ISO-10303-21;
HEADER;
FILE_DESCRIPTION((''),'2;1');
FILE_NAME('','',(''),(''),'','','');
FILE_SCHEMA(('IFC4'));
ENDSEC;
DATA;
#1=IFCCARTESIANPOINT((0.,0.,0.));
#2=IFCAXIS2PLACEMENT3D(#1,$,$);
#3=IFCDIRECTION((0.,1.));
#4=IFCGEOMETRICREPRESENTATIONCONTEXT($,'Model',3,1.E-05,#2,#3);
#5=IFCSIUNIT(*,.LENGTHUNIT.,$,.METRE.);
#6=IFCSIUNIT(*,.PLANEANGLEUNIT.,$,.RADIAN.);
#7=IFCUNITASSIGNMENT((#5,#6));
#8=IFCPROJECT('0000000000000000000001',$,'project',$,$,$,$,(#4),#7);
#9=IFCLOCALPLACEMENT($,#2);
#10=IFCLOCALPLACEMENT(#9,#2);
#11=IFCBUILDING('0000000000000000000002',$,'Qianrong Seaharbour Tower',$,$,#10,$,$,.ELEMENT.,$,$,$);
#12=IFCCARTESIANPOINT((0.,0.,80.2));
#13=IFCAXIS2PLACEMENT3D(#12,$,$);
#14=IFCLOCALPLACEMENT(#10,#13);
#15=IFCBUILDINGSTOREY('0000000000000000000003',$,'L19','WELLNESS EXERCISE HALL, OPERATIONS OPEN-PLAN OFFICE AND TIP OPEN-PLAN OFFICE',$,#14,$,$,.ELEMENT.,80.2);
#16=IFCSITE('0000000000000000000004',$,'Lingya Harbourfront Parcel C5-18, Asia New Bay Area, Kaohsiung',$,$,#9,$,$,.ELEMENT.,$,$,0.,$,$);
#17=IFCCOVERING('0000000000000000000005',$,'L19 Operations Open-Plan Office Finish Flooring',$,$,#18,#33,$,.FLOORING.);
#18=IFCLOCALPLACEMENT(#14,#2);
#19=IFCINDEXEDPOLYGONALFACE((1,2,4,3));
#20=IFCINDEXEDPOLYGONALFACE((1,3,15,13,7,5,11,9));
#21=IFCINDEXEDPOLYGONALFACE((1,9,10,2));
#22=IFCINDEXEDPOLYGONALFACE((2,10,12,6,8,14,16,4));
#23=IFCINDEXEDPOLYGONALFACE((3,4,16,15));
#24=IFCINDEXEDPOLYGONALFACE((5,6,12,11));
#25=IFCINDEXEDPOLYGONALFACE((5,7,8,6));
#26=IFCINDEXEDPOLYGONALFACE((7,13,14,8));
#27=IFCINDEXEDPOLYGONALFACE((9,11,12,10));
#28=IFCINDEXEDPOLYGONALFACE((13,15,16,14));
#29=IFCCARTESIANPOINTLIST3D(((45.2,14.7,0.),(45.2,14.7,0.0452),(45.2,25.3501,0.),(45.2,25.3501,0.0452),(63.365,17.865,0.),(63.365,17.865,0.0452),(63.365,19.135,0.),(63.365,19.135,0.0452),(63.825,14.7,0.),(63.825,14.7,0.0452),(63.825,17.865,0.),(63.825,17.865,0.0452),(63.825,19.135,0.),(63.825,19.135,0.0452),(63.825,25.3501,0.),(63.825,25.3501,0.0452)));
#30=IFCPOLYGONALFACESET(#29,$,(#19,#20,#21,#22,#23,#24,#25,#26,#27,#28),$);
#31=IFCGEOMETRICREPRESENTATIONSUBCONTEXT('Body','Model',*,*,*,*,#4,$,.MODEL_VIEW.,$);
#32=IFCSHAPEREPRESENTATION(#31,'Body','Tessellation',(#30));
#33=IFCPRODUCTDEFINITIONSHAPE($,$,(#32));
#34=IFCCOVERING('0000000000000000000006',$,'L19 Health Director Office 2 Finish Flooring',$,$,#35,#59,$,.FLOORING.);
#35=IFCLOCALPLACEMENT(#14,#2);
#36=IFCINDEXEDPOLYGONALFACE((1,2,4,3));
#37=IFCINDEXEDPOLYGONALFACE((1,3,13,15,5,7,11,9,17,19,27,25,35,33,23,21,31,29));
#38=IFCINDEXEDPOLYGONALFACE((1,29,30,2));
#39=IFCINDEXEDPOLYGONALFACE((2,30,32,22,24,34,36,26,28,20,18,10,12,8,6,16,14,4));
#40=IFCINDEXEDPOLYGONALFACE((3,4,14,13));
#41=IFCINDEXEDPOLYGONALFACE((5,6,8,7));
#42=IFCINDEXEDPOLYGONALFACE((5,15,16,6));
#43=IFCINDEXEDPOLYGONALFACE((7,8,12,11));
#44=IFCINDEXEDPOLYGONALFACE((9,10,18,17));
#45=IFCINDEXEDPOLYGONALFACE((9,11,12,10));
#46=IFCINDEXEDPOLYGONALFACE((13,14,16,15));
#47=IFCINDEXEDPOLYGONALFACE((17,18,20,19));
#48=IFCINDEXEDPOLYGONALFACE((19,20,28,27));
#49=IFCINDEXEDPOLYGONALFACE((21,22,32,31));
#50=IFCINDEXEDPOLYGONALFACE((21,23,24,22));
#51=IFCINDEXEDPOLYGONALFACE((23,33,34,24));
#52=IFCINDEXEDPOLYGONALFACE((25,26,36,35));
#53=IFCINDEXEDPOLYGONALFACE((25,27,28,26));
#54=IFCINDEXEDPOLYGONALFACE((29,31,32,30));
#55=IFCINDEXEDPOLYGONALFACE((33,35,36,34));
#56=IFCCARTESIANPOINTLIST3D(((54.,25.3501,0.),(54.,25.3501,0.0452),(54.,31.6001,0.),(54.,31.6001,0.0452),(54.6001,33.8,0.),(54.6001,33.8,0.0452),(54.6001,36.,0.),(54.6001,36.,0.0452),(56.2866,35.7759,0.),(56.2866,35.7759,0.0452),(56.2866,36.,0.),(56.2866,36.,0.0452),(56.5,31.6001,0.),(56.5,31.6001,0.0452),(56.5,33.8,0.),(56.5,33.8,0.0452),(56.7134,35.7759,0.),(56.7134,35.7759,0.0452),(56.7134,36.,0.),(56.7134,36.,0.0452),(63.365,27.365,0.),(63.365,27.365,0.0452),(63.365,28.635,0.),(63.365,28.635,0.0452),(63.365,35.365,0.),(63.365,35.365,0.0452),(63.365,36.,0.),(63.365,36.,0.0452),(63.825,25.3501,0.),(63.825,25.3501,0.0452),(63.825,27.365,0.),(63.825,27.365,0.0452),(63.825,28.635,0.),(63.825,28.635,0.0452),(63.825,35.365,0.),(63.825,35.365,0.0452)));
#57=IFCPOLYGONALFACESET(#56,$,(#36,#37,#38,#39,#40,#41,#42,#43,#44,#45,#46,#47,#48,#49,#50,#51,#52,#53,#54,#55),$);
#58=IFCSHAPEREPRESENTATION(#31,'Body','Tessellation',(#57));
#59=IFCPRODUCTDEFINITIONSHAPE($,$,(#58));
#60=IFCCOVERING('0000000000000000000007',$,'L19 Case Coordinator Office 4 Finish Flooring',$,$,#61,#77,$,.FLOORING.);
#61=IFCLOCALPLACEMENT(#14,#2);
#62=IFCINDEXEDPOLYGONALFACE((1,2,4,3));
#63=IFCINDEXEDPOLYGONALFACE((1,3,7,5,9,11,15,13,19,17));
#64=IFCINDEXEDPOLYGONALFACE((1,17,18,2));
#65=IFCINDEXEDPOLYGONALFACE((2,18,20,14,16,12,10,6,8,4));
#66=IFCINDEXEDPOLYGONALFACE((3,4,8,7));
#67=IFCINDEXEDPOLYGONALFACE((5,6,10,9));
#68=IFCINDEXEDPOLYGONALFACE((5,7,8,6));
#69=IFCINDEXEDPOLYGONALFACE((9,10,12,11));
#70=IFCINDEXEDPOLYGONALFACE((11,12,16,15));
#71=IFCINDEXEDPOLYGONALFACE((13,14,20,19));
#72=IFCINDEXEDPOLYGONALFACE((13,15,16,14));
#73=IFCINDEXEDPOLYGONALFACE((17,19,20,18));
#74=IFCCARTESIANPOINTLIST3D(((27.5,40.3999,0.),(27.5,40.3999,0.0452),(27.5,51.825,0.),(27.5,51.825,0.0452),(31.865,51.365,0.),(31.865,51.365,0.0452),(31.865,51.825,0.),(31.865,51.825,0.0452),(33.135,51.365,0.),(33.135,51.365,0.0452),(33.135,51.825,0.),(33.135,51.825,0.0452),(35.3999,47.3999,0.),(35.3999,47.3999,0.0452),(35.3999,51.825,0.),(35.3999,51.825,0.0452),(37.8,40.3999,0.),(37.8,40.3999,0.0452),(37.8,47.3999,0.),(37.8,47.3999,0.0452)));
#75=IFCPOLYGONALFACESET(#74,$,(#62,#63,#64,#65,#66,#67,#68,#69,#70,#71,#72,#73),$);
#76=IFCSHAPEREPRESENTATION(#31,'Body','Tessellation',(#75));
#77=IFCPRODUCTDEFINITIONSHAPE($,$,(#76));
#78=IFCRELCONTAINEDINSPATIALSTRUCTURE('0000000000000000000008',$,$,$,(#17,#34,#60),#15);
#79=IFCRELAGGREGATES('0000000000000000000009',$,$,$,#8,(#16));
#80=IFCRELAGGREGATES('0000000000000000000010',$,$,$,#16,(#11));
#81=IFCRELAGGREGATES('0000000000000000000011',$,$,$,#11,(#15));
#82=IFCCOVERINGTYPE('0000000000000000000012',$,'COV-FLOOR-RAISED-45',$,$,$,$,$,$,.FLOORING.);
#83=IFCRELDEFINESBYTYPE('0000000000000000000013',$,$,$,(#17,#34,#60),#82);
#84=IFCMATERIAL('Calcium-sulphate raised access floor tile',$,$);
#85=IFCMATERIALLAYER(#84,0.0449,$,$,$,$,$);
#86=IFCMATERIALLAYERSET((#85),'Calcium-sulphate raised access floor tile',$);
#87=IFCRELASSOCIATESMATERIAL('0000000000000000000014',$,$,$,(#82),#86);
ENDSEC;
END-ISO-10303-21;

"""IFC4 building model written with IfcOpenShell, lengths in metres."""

from ifc_helpers import new_model, si_unit, direction, frame, origin, place, context, subcontext, project, spatial, polyline, outline, extrude, material, layer, layer_set, type_object, element, save


model = new_model("IFC4")

# Units and contexts
model_context = context("Model", 3, precision=1e-05, world=origin(), true_north=direction((0.0, 1.0)))
body_context = subcontext(model_context, "Body", "Model", "MODEL_VIEW")
ifc_project = project(units=[si_unit("LENGTHUNIT", "METRE"), si_unit("PLANEANGLEUNIT", "RADIAN")], contexts=[model_context])

# Site, building, storey
site_placement = place(None, origin())
site = spatial("IfcSite", under=ifc_project, at=site_placement, Name="Lingya Harbourfront Parcel C5-18, Asia New Bay Area, Kaohsiung", CompositionType="ELEMENT", RefElevation=0.0)
building_placement = place(site_placement, origin())
building = spatial("IfcBuilding", under=site, at=building_placement, Name="Qianrong Seaharbour Tower", CompositionType="ELEMENT")
storey_placement = place(building_placement, frame((0.0, 0.0, 80.2)))
storey = spatial("IfcBuildingStorey", under=building, at=storey_placement, Name="L19", Description="WELLNESS EXERCISE HALL, OPERATIONS OPEN-PLAN OFFICE AND TIP OPEN-PLAN OFFICE", CompositionType="ELEMENT", Elevation=80.2)

# Coverings
ifc_material_1 = material(Name="Calcium-sulphate raised access floor tile")
ifc_layer_1 = layer(ifc_material_1, 0.0449)
ifc_layer_set_1 = layer_set([ifc_layer_1], Name="Calcium-sulphate raised access floor tile")
covering_type_1 = type_object("IfcCoveringType", Name="COV-FLOOR-RAISED-45", PredefinedType="FLOORING", material=ifc_layer_set_1)
covering_1_placement = place(storey_placement, origin())
element("IfcCovering", 1, at=covering_1_placement, inside=storey, type_object=covering_type_1, Name="L19 Operations Open-Plan Office Finish Flooring", PredefinedType="FLOORING", context=body_context, shape_type="SweptSolid", body=[
    extrude(outline(polyline([(63.825, 25.3501), (63.825, 19.135), (63.365, 19.135), (63.365, 17.865), (63.825, 17.865), (63.825, 14.7), (45.2, 14.7), (45.2, 25.3501), (63.825, 25.3501)])), origin(), (0.0, 0.0, 1.0), 0.0452),
])
covering_2_placement = place(storey_placement, origin())
element("IfcCovering", 2, at=covering_2_placement, inside=storey, type_object=covering_type_1, Name="L19 Health Director Office 2 Finish Flooring", PredefinedType="FLOORING", context=body_context, shape_type="SweptSolid", body=[
    extrude(outline(polyline([(56.5, 31.6001), (56.5, 33.8), (54.6001, 33.8), (54.6001, 36.0), (56.2866, 36.0), (56.2866, 35.7759), (56.7134, 35.7759), (56.7134, 36.0), (63.365, 36.0), (63.365, 35.365), (63.825, 35.365), (63.825, 28.635), (63.365, 28.635), (63.365, 27.365), (63.825, 27.365), (63.825, 25.3501), (54.0, 25.3501), (54.0, 31.6001), (56.5, 31.6001)])), origin(), (0.0, 0.0, 1.0), 0.0452),
])
covering_3_placement = place(storey_placement, origin())
element("IfcCovering", 3, at=covering_3_placement, inside=storey, type_object=covering_type_1, Name="L19 Case Coordinator Office 4 Finish Flooring", PredefinedType="FLOORING", context=body_context, shape_type="SweptSolid", body=[
    extrude(outline(polyline([(27.5, 51.825), (31.865, 51.825), (31.865, 51.365), (33.135, 51.365), (33.135, 51.825), (35.3999, 51.825), (35.3999, 47.3999), (37.8, 47.3999), (37.8, 40.3999), (27.5, 40.3999), (27.5, 51.825)])), origin(), (0.0, 0.0, 1.0), 0.0452),
])

save(model, "model.ifc")
